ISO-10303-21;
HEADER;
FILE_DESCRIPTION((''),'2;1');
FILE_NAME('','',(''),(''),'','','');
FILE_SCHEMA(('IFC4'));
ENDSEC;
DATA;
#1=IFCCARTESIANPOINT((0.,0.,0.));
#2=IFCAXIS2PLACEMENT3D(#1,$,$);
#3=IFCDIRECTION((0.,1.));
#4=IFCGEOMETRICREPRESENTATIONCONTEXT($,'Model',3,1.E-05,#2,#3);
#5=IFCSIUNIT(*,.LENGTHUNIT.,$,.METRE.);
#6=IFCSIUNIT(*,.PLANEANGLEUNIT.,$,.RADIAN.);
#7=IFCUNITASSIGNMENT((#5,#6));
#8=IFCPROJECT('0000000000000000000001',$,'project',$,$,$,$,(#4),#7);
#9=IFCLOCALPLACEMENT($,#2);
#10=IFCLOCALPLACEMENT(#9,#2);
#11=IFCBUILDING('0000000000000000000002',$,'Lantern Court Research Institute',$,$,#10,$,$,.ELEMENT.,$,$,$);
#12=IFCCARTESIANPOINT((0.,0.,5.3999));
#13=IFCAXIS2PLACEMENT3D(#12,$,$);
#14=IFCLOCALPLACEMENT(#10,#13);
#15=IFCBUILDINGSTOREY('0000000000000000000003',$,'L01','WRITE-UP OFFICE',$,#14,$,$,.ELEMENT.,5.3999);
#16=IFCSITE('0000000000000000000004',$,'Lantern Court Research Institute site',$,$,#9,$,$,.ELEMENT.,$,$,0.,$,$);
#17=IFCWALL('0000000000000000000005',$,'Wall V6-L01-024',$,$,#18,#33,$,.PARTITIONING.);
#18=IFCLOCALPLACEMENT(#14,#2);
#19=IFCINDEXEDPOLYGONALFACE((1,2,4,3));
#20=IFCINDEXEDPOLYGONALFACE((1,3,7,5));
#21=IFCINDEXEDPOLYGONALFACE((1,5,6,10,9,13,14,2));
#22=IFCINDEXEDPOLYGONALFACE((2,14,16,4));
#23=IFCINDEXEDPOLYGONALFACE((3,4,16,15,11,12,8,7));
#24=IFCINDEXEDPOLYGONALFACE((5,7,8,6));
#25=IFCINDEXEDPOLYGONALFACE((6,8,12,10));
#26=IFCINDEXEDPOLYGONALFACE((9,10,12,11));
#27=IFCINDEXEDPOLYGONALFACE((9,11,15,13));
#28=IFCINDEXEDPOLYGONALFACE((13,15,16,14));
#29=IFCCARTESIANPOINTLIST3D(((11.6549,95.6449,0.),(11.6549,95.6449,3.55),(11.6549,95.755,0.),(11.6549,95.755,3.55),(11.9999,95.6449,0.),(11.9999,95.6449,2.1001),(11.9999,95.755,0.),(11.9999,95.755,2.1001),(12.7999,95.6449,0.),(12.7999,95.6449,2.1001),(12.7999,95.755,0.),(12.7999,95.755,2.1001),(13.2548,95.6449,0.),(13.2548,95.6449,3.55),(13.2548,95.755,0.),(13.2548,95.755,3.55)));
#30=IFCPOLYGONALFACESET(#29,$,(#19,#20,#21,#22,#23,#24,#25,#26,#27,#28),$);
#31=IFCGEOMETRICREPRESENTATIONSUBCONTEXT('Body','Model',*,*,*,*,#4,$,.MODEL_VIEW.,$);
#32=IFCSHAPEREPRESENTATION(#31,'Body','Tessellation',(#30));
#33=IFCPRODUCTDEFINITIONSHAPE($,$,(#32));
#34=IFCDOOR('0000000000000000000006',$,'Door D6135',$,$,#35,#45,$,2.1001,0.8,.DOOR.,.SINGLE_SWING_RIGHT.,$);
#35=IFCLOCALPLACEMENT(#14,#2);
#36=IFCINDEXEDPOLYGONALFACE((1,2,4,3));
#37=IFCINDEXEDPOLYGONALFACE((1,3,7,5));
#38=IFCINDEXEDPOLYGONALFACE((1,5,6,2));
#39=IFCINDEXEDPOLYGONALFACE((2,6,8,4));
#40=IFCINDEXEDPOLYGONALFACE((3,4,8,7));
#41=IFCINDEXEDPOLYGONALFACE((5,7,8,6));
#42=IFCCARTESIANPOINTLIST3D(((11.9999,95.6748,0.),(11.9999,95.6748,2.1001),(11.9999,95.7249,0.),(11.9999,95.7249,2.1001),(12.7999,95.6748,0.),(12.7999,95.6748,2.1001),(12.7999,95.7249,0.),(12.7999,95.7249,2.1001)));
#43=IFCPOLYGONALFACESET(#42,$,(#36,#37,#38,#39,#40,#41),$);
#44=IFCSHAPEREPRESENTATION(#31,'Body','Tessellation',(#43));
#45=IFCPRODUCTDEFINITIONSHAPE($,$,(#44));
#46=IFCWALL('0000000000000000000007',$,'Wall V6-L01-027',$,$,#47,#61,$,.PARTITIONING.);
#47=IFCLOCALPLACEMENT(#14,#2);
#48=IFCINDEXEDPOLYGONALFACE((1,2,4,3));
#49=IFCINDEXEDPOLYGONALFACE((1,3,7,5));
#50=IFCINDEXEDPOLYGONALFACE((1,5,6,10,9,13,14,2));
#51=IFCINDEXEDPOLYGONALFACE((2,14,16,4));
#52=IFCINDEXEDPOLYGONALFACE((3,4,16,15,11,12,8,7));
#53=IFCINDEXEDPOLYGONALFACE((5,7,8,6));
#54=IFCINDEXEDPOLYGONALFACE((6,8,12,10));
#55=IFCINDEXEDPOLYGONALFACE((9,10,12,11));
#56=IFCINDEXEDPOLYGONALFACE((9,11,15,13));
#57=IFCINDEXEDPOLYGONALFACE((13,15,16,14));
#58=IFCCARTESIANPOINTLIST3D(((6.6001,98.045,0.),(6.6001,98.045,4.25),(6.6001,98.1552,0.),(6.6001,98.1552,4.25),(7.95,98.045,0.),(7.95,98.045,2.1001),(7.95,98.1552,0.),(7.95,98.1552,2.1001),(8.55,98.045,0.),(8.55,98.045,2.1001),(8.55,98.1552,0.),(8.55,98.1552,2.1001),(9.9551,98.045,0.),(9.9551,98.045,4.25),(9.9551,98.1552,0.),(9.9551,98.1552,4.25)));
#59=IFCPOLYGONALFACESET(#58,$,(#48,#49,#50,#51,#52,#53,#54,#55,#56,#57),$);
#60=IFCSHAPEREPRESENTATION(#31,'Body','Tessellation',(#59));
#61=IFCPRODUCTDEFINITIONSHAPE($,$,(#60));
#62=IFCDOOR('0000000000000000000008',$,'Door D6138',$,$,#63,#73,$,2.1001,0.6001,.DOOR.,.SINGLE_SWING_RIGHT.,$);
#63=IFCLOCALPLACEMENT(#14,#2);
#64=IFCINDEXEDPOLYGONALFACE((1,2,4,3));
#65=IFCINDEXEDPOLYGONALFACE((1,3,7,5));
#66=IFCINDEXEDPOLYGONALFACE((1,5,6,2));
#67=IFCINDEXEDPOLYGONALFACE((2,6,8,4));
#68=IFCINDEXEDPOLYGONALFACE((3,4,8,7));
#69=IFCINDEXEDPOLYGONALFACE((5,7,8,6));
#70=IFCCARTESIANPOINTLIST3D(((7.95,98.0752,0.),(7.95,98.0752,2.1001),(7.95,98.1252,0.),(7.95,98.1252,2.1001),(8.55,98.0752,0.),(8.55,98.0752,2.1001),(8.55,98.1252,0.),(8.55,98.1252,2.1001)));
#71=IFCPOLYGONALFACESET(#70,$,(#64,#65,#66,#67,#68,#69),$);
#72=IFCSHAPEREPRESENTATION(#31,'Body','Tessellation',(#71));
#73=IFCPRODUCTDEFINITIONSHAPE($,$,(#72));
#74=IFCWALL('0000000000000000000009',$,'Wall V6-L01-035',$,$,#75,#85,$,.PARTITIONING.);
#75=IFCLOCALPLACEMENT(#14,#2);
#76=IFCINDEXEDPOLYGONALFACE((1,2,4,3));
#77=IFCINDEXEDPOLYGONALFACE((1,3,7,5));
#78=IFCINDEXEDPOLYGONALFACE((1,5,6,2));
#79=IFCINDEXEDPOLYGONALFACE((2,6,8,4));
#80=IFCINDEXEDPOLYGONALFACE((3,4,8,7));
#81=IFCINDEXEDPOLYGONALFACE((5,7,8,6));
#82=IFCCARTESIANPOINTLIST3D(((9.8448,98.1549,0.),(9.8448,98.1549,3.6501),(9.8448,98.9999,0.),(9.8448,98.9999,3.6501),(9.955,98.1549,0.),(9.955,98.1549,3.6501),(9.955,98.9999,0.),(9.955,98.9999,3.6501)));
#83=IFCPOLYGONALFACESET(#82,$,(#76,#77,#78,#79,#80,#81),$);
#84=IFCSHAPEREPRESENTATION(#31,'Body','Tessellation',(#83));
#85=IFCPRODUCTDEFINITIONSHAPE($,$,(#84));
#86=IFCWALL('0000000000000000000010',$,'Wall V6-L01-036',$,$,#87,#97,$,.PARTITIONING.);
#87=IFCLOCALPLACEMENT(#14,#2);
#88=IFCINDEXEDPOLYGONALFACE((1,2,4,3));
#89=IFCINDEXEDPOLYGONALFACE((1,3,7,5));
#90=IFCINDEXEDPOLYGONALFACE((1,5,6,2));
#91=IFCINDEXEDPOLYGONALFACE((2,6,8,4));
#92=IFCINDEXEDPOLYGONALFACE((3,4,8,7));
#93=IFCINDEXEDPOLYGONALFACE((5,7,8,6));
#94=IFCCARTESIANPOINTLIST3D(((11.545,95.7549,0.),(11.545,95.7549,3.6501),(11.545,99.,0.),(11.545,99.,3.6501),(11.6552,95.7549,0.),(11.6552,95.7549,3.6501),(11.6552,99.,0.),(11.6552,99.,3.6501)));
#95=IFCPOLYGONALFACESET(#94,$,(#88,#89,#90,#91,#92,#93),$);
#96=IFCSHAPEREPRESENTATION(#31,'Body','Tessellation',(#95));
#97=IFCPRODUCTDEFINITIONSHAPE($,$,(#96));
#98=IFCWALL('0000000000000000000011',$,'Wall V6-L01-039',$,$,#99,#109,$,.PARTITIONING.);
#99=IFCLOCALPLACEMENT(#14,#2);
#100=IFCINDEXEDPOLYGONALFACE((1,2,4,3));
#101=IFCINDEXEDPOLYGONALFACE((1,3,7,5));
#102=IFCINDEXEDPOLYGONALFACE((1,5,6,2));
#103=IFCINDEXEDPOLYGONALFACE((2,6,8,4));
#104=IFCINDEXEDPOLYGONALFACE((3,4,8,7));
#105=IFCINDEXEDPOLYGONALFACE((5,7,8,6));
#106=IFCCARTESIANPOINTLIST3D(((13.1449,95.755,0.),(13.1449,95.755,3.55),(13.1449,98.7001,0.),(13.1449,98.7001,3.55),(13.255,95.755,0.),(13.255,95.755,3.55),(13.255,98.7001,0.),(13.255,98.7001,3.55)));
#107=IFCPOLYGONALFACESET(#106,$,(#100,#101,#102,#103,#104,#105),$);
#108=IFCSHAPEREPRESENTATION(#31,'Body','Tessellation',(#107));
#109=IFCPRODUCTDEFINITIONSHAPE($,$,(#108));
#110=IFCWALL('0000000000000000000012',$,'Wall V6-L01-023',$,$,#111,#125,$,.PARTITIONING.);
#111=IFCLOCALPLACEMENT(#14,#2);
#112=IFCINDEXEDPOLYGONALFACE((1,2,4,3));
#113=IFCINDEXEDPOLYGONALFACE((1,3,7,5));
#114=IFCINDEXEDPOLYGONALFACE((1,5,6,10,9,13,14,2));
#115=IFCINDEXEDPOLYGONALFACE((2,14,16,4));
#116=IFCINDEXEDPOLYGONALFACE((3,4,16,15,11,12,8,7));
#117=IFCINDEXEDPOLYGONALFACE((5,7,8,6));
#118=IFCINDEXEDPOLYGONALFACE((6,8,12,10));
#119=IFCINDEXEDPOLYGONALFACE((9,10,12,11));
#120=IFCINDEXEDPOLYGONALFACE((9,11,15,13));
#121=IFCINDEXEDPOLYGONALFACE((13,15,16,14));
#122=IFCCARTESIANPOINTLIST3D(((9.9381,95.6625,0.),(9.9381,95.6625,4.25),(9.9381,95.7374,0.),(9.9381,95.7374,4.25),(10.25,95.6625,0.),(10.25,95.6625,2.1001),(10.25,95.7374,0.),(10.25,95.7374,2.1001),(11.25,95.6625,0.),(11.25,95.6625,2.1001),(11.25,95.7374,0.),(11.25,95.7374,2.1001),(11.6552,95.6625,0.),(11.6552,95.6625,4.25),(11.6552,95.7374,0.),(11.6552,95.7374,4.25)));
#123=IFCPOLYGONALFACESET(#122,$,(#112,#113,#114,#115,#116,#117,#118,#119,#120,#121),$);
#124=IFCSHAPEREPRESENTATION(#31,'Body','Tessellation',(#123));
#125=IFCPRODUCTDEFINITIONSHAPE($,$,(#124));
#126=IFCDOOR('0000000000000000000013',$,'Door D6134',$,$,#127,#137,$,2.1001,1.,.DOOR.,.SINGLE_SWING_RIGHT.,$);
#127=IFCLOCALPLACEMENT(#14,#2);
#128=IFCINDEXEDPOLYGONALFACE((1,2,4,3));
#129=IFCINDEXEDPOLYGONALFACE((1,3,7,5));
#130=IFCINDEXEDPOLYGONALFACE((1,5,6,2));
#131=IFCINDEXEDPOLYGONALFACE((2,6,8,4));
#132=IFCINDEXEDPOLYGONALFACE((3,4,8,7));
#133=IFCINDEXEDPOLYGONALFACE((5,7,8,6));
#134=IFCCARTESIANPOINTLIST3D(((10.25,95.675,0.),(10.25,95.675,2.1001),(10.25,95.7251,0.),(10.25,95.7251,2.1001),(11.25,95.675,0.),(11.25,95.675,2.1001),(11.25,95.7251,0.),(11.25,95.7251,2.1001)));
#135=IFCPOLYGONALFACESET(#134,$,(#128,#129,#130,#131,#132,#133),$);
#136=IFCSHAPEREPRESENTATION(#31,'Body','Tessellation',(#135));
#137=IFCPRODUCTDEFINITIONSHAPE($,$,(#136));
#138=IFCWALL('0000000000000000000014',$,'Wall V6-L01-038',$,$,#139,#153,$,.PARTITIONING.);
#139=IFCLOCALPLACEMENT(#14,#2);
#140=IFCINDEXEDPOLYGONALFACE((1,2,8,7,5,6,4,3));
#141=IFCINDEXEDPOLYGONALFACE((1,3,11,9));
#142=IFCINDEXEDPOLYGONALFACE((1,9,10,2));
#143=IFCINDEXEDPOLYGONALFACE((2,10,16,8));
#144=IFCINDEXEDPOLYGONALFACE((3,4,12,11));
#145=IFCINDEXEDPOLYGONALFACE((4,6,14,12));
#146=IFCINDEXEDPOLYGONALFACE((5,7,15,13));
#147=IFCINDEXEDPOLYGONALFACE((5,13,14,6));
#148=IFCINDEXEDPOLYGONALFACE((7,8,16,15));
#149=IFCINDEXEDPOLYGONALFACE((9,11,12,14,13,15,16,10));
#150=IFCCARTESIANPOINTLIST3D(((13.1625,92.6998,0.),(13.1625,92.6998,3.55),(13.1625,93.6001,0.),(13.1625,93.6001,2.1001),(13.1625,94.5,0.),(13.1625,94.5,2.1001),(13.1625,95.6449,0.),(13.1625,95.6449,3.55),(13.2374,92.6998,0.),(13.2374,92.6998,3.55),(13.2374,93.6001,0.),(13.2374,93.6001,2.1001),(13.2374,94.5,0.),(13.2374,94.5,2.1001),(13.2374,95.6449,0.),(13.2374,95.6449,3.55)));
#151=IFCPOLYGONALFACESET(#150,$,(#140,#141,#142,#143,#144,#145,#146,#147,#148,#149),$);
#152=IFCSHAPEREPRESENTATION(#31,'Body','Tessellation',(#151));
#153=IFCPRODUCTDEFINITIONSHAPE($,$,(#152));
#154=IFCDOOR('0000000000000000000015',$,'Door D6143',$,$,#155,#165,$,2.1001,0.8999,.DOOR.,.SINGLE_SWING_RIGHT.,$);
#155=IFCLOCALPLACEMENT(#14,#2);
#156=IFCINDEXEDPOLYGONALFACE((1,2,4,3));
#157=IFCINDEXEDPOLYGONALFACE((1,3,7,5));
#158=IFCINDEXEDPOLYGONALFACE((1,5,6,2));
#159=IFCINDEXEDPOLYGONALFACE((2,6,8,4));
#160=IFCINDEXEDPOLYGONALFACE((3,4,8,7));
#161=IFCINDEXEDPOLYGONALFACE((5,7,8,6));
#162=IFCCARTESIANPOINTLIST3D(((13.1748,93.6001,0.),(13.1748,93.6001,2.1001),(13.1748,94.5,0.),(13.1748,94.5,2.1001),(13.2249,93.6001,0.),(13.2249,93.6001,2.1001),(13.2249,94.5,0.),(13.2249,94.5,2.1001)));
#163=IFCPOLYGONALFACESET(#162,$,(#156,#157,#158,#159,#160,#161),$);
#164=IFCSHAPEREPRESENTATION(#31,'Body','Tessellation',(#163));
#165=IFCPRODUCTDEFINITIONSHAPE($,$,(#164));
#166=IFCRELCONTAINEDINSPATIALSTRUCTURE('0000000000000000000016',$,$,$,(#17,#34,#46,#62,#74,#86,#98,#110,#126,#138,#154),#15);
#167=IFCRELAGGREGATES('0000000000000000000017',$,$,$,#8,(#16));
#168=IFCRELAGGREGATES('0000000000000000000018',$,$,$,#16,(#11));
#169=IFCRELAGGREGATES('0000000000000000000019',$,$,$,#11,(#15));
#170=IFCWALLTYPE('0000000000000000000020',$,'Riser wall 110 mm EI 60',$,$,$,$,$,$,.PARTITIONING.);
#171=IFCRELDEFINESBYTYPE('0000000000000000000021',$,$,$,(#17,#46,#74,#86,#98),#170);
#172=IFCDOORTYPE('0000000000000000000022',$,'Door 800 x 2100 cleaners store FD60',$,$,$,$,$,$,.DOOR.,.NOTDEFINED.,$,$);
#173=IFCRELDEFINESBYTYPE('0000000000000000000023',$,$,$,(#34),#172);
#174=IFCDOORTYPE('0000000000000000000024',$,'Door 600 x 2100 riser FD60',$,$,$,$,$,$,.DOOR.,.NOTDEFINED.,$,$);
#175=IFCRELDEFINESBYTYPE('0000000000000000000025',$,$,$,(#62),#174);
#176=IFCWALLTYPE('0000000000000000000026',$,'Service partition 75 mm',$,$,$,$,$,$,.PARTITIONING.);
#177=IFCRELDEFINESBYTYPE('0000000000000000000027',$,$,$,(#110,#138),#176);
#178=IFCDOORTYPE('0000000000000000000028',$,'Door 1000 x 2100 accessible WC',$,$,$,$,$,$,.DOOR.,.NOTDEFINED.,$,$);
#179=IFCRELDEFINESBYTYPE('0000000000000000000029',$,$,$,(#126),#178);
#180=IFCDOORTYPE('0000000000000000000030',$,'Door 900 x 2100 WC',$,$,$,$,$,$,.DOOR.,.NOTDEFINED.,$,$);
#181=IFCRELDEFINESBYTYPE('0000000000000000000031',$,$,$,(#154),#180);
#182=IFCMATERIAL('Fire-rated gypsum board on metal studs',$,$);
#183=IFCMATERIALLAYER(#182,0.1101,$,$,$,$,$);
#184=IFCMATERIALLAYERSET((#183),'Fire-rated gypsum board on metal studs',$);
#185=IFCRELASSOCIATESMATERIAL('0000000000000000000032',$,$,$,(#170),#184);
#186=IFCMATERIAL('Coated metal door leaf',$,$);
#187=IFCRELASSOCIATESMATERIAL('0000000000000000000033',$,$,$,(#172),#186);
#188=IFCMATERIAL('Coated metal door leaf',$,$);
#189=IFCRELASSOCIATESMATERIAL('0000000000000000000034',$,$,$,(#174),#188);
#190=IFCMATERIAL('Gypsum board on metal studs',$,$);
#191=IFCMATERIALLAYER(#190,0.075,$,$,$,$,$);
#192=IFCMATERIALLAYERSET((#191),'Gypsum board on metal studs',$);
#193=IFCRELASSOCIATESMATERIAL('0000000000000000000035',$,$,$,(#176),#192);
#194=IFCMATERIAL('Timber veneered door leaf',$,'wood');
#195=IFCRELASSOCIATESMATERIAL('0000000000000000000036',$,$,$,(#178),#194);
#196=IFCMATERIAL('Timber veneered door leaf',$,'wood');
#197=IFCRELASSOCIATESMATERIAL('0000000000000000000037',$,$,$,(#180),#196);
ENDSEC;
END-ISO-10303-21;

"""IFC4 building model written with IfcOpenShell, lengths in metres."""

from ifc_helpers import new_model, si_unit, direction, frame, frame_2d, origin, place, context, subcontext, project, spatial, rectangle, extrude, material, layer, layer_set, type_object, element, fill, save


model = new_model("IFC4")

# Units and contexts
model_context = context("Model", 3, precision=1e-05, world=origin(), true_north=direction((0.0, 1.0)))
body_context = subcontext(model_context, "Body", "Model", "MODEL_VIEW")
ifc_project = project(units=[si_unit("LENGTHUNIT", "METRE"), si_unit("PLANEANGLEUNIT", "RADIAN")], contexts=[model_context])

# Site, building, storey
site_placement = place(None, origin())
site = spatial("IfcSite", under=ifc_project, at=site_placement, Name="Lantern Court Research Institute site", CompositionType="ELEMENT", RefElevation=0.0)
building_placement = place(site_placement, origin())
building = spatial("IfcBuilding", under=site, at=building_placement, Name="Lantern Court Research Institute", CompositionType="ELEMENT")
storey_placement = place(building_placement, frame((0.0, 0.0, 5.3999)))
storey = spatial("IfcBuildingStorey", under=building, at=storey_placement, Name="L01", Description="WRITE-UP OFFICE", CompositionType="ELEMENT", Elevation=5.3999)

# Walls, openings, doors
ifc_material_1 = material(Name="Fire-rated gypsum board on metal studs")
ifc_layer_1 = layer(ifc_material_1, 0.1101)
ifc_layer_set_1 = layer_set([ifc_layer_1], Name="Fire-rated gypsum board on metal studs")
wall_type_1 = type_object("IfcWallType", Name="Riser wall 110 mm EI 60", PredefinedType="PARTITIONING", material=ifc_layer_set_1)
wall_1_placement = place(storey_placement, frame((11.655, 95.7, 0.0), z_axis=(0.0, 0.0, 1.0), x_axis=(1.0, 0.0, 0.0)))
wall_1 = element("IfcWall", 1, at=wall_1_placement, inside=storey, type_object=wall_type_1, Name="Wall V6-L01-024", PredefinedType="PARTITIONING", context=body_context, shape_type="SweptSolid", body=[
    extrude(rectangle(XDim=1.5999, YDim=0.1101, at=frame_2d((0.7998, 0.0))), origin(), (0.0, 0.0, 1.0), 3.55),
])
opening_1_placement = place(wall_1_placement, frame((0.345, 0.0, 0.0)))
opening_1 = element("IfcOpeningElement", 2, at=opening_1_placement, cuts=wall_1, PredefinedType="OPENING", context=body_context, shape_type="SweptSolid", body=[
    extrude(rectangle(XDim=0.8, YDim=2.1001, at=frame_2d((0.3999, 1.05))), frame((0.0, 0.0649, 0.0), z_axis=(0.0, -1.0, 0.0), x_axis=(1.0, 0.0, 0.0)), (0.0, 0.0, 1.0), 0.1301),
])
ifc_material_2 = material(Name="Coated metal door leaf")
door_type_1 = type_object("IfcDoorType", Name="Door 800 x 2100 cleaners store FD60", OperationType="NOTDEFINED", PredefinedType="DOOR", material=ifc_material_2)
door_1_placement = place(opening_1_placement, origin())
door_1 = element("IfcDoor", 3, at=door_1_placement, inside=storey, type_object=door_type_1, Name="Door D6135", OperationType="SINGLE_SWING_RIGHT", OverallHeight=2.1001, OverallWidth=0.8, PredefinedType="DOOR", context=body_context, shape_type="SweptSolid", body=[
    extrude(rectangle(XDim=0.8, YDim=2.1001, at=frame_2d((0.3999, 1.05))), frame((0.0, 0.0249, 0.0), z_axis=(0.0, -1.0, 0.0), x_axis=(1.0, 0.0, 0.0)), (0.0, 0.0, 1.0), 0.05),
])
fill(opening_1, door_1)
wall_2_placement = place(storey_placement, frame((9.9551, 98.1001, 0.0), z_axis=(0.0, 0.0, 1.0), x_axis=(-1.0, 0.0, 0.0)))
wall_2 = element("IfcWall", 4, at=wall_2_placement, inside=storey, type_object=wall_type_1, Name="Wall V6-L01-027", PredefinedType="PARTITIONING", context=body_context, shape_type="SweptSolid", body=[
    extrude(rectangle(XDim=3.355, YDim=0.1101, at=frame_2d((1.6775, 0.0))), origin(), (0.0, 0.0, 1.0), 4.25),
])
opening_2_placement = place(wall_2_placement, frame((1.405, 0.0, 0.0)))
opening_2 = element("IfcOpeningElement", 5, at=opening_2_placement, cuts=wall_2, PredefinedType="OPENING", context=body_context, shape_type="SweptSolid", body=[
    extrude(rectangle(XDim=0.6001, YDim=2.1001, at=frame_2d((0.3, 1.05))), frame((0.0, 0.0649, 0.0), z_axis=(0.0, -1.0, 0.0), x_axis=(1.0, 0.0, 0.0)), (0.0, 0.0, 1.0), 0.1301),
])
ifc_material_3 = material(Name="Coated metal door leaf")
door_type_2 = type_object("IfcDoorType", Name="Door 600 x 2100 riser FD60", OperationType="NOTDEFINED", PredefinedType="DOOR", material=ifc_material_3)
door_2_placement = place(opening_2_placement, origin())
door_2 = element("IfcDoor", 6, at=door_2_placement, inside=storey, type_object=door_type_2, Name="Door D6138", OperationType="SINGLE_SWING_RIGHT", OverallHeight=2.1001, OverallWidth=0.6001, PredefinedType="DOOR", context=body_context, shape_type="SweptSolid", body=[
    extrude(rectangle(XDim=0.6001, YDim=2.1001, at=frame_2d((0.3, 1.05))), frame((0.0, 0.0249, 0.0), z_axis=(0.0, -1.0, 0.0), x_axis=(1.0, 0.0, 0.0)), (0.0, 0.0, 1.0), 0.05),
])
fill(opening_2, door_2)

# Walls
wall_3_placement = place(storey_placement, frame((9.8999, 98.155, 0.0), z_axis=(0.0, 0.0, 1.0), x_axis=(0.0, 1.0, 0.0)))
element("IfcWall", 7, at=wall_3_placement, inside=storey, type_object=wall_type_1, Name="Wall V6-L01-035", PredefinedType="PARTITIONING", context=body_context, shape_type="SweptSolid", body=[
    extrude(rectangle(XDim=0.845, YDim=0.1101, at=frame_2d((0.4224, 0.0))), origin(), (0.0, 0.0, 1.0), 3.6501),
])
wall_4_placement = place(storey_placement, frame((11.6001, 95.7549, 0.0), z_axis=(0.0, 0.0, 1.0), x_axis=(0.0, 1.0, 0.0)))
element("IfcWall", 8, at=wall_4_placement, inside=storey, type_object=wall_type_1, Name="Wall V6-L01-036", PredefinedType="PARTITIONING", context=body_context, shape_type="SweptSolid", body=[
    extrude(rectangle(XDim=3.2451, YDim=0.1101, at=frame_2d((1.6226, 0.0))), origin(), (0.0, 0.0, 1.0), 3.6501),
])
wall_5_placement = place(storey_placement, frame((13.2, 95.7549, 0.0), z_axis=(0.0, 0.0, 1.0), x_axis=(0.0, 1.0, 0.0)))
element("IfcWall", 9, at=wall_5_placement, inside=storey, type_object=wall_type_1, Name="Wall V6-L01-039", PredefinedType="PARTITIONING", context=body_context, shape_type="SweptSolid", body=[
    extrude(rectangle(XDim=2.9451, YDim=0.1101, at=frame_2d((1.4727, 0.0))), origin(), (0.0, 0.0, 1.0), 3.55),
])

# Walls, openings, doors
ifc_material_4 = material(Name="Gypsum board on metal studs")
ifc_layer_2 = layer(ifc_material_4, 0.075)
ifc_layer_set_2 = layer_set([ifc_layer_2], Name="Gypsum board on metal studs")
wall_type_2 = type_object("IfcWallType", Name="Service partition 75 mm", PredefinedType="PARTITIONING", material=ifc_layer_set_2)
wall_6_placement = place(storey_placement, frame((11.655, 95.7, 0.0), z_axis=(0.0, 0.0, 1.0), x_axis=(-1.0, 0.0, 0.0)))
wall_6 = element("IfcWall", 10, at=wall_6_placement, inside=storey, type_object=wall_type_2, Name="Wall V6-L01-023", PredefinedType="PARTITIONING", context=body_context, shape_type="SweptSolid", body=[
    extrude(rectangle(XDim=1.717, YDim=0.075, at=frame_2d((0.8584, 0.0))), origin(), (0.0, 0.0, 1.0), 4.25),
])
opening_3_placement = place(wall_6_placement, frame((0.405, 0.0, 0.0)))
opening_3 = element("IfcOpeningElement", 11, at=opening_3_placement, cuts=wall_6, PredefinedType="OPENING", context=body_context, shape_type="SweptSolid", body=[
    extrude(rectangle(XDim=1.0, YDim=2.1001, at=frame_2d((0.5, 1.05))), frame((0.0, 0.0474, 0.0), z_axis=(0.0, -1.0, 0.0), x_axis=(1.0, 0.0, 0.0)), (0.0, 0.0, 1.0), 0.095),
])
ifc_material_5 = material(Name="Timber veneered door leaf", Category="wood")
door_type_3 = type_object("IfcDoorType", Name="Door 1000 x 2100 accessible WC", OperationType="NOTDEFINED", PredefinedType="DOOR", material=ifc_material_5)
door_3_placement = place(opening_3_placement, origin())
door_3 = element("IfcDoor", 12, at=door_3_placement, inside=storey, type_object=door_type_3, Name="Door D6134", OperationType="SINGLE_SWING_RIGHT", OverallHeight=2.1001, OverallWidth=1.0, PredefinedType="DOOR", context=body_context, shape_type="SweptSolid", body=[
    extrude(rectangle(XDim=1.0, YDim=2.1001, at=frame_2d((0.5, 1.05))), frame((0.0, 0.0249, 0.0), z_axis=(0.0, -1.0, 0.0), x_axis=(1.0, 0.0, 0.0)), (0.0, 0.0, 1.0), 0.05),
])
fill(opening_3, door_3)
wall_7_placement = place(storey_placement, frame((13.2, 95.645, 0.0), z_axis=(0.0, 0.0, 1.0), x_axis=(0.0, -1.0, 0.0)))
wall_7 = element("IfcWall", 13, at=wall_7_placement, inside=storey, type_object=wall_type_2, Name="Wall V6-L01-038", PredefinedType="PARTITIONING", context=body_context, shape_type="SweptSolid", body=[
    extrude(rectangle(XDim=2.9451, YDim=0.075, at=frame_2d((1.4727, 0.0))), origin(), (0.0, 0.0, 1.0), 3.55),
])
opening_4_placement = place(wall_7_placement, frame((1.145, 0.0, 0.0)))
opening_4 = element("IfcOpeningElement", 14, at=opening_4_placement, cuts=wall_7, PredefinedType="OPENING", context=body_context, shape_type="SweptSolid", body=[
    extrude(rectangle(XDim=0.8999, YDim=2.1001, at=frame_2d((0.45, 1.05))), frame((0.0, 0.0474, 0.0), z_axis=(0.0, -1.0, 0.0), x_axis=(1.0, 0.0, 0.0)), (0.0, 0.0, 1.0), 0.095),
])
ifc_material_6 = material(Name="Timber veneered door leaf", Category="wood")
door_type_4 = type_object("IfcDoorType", Name="Door 900 x 2100 WC", OperationType="NOTDEFINED", PredefinedType="DOOR", material=ifc_material_6)
door_4_placement = place(opening_4_placement, origin())
door_4 = element("IfcDoor", 15, at=door_4_placement, inside=storey, type_object=door_type_4, Name="Door D6143", OperationType="SINGLE_SWING_RIGHT", OverallHeight=2.1001, OverallWidth=0.8999, PredefinedType="DOOR", context=body_context, shape_type="SweptSolid", body=[
    extrude(rectangle(XDim=0.8999, YDim=2.1001, at=frame_2d((0.45, 1.05))), frame((0.0, 0.0249, 0.0), z_axis=(0.0, -1.0, 0.0), x_axis=(1.0, 0.0, 0.0)), (0.0, 0.0, 1.0), 0.05),
])
fill(opening_4, door_4)

save(model, "model.ifc")
